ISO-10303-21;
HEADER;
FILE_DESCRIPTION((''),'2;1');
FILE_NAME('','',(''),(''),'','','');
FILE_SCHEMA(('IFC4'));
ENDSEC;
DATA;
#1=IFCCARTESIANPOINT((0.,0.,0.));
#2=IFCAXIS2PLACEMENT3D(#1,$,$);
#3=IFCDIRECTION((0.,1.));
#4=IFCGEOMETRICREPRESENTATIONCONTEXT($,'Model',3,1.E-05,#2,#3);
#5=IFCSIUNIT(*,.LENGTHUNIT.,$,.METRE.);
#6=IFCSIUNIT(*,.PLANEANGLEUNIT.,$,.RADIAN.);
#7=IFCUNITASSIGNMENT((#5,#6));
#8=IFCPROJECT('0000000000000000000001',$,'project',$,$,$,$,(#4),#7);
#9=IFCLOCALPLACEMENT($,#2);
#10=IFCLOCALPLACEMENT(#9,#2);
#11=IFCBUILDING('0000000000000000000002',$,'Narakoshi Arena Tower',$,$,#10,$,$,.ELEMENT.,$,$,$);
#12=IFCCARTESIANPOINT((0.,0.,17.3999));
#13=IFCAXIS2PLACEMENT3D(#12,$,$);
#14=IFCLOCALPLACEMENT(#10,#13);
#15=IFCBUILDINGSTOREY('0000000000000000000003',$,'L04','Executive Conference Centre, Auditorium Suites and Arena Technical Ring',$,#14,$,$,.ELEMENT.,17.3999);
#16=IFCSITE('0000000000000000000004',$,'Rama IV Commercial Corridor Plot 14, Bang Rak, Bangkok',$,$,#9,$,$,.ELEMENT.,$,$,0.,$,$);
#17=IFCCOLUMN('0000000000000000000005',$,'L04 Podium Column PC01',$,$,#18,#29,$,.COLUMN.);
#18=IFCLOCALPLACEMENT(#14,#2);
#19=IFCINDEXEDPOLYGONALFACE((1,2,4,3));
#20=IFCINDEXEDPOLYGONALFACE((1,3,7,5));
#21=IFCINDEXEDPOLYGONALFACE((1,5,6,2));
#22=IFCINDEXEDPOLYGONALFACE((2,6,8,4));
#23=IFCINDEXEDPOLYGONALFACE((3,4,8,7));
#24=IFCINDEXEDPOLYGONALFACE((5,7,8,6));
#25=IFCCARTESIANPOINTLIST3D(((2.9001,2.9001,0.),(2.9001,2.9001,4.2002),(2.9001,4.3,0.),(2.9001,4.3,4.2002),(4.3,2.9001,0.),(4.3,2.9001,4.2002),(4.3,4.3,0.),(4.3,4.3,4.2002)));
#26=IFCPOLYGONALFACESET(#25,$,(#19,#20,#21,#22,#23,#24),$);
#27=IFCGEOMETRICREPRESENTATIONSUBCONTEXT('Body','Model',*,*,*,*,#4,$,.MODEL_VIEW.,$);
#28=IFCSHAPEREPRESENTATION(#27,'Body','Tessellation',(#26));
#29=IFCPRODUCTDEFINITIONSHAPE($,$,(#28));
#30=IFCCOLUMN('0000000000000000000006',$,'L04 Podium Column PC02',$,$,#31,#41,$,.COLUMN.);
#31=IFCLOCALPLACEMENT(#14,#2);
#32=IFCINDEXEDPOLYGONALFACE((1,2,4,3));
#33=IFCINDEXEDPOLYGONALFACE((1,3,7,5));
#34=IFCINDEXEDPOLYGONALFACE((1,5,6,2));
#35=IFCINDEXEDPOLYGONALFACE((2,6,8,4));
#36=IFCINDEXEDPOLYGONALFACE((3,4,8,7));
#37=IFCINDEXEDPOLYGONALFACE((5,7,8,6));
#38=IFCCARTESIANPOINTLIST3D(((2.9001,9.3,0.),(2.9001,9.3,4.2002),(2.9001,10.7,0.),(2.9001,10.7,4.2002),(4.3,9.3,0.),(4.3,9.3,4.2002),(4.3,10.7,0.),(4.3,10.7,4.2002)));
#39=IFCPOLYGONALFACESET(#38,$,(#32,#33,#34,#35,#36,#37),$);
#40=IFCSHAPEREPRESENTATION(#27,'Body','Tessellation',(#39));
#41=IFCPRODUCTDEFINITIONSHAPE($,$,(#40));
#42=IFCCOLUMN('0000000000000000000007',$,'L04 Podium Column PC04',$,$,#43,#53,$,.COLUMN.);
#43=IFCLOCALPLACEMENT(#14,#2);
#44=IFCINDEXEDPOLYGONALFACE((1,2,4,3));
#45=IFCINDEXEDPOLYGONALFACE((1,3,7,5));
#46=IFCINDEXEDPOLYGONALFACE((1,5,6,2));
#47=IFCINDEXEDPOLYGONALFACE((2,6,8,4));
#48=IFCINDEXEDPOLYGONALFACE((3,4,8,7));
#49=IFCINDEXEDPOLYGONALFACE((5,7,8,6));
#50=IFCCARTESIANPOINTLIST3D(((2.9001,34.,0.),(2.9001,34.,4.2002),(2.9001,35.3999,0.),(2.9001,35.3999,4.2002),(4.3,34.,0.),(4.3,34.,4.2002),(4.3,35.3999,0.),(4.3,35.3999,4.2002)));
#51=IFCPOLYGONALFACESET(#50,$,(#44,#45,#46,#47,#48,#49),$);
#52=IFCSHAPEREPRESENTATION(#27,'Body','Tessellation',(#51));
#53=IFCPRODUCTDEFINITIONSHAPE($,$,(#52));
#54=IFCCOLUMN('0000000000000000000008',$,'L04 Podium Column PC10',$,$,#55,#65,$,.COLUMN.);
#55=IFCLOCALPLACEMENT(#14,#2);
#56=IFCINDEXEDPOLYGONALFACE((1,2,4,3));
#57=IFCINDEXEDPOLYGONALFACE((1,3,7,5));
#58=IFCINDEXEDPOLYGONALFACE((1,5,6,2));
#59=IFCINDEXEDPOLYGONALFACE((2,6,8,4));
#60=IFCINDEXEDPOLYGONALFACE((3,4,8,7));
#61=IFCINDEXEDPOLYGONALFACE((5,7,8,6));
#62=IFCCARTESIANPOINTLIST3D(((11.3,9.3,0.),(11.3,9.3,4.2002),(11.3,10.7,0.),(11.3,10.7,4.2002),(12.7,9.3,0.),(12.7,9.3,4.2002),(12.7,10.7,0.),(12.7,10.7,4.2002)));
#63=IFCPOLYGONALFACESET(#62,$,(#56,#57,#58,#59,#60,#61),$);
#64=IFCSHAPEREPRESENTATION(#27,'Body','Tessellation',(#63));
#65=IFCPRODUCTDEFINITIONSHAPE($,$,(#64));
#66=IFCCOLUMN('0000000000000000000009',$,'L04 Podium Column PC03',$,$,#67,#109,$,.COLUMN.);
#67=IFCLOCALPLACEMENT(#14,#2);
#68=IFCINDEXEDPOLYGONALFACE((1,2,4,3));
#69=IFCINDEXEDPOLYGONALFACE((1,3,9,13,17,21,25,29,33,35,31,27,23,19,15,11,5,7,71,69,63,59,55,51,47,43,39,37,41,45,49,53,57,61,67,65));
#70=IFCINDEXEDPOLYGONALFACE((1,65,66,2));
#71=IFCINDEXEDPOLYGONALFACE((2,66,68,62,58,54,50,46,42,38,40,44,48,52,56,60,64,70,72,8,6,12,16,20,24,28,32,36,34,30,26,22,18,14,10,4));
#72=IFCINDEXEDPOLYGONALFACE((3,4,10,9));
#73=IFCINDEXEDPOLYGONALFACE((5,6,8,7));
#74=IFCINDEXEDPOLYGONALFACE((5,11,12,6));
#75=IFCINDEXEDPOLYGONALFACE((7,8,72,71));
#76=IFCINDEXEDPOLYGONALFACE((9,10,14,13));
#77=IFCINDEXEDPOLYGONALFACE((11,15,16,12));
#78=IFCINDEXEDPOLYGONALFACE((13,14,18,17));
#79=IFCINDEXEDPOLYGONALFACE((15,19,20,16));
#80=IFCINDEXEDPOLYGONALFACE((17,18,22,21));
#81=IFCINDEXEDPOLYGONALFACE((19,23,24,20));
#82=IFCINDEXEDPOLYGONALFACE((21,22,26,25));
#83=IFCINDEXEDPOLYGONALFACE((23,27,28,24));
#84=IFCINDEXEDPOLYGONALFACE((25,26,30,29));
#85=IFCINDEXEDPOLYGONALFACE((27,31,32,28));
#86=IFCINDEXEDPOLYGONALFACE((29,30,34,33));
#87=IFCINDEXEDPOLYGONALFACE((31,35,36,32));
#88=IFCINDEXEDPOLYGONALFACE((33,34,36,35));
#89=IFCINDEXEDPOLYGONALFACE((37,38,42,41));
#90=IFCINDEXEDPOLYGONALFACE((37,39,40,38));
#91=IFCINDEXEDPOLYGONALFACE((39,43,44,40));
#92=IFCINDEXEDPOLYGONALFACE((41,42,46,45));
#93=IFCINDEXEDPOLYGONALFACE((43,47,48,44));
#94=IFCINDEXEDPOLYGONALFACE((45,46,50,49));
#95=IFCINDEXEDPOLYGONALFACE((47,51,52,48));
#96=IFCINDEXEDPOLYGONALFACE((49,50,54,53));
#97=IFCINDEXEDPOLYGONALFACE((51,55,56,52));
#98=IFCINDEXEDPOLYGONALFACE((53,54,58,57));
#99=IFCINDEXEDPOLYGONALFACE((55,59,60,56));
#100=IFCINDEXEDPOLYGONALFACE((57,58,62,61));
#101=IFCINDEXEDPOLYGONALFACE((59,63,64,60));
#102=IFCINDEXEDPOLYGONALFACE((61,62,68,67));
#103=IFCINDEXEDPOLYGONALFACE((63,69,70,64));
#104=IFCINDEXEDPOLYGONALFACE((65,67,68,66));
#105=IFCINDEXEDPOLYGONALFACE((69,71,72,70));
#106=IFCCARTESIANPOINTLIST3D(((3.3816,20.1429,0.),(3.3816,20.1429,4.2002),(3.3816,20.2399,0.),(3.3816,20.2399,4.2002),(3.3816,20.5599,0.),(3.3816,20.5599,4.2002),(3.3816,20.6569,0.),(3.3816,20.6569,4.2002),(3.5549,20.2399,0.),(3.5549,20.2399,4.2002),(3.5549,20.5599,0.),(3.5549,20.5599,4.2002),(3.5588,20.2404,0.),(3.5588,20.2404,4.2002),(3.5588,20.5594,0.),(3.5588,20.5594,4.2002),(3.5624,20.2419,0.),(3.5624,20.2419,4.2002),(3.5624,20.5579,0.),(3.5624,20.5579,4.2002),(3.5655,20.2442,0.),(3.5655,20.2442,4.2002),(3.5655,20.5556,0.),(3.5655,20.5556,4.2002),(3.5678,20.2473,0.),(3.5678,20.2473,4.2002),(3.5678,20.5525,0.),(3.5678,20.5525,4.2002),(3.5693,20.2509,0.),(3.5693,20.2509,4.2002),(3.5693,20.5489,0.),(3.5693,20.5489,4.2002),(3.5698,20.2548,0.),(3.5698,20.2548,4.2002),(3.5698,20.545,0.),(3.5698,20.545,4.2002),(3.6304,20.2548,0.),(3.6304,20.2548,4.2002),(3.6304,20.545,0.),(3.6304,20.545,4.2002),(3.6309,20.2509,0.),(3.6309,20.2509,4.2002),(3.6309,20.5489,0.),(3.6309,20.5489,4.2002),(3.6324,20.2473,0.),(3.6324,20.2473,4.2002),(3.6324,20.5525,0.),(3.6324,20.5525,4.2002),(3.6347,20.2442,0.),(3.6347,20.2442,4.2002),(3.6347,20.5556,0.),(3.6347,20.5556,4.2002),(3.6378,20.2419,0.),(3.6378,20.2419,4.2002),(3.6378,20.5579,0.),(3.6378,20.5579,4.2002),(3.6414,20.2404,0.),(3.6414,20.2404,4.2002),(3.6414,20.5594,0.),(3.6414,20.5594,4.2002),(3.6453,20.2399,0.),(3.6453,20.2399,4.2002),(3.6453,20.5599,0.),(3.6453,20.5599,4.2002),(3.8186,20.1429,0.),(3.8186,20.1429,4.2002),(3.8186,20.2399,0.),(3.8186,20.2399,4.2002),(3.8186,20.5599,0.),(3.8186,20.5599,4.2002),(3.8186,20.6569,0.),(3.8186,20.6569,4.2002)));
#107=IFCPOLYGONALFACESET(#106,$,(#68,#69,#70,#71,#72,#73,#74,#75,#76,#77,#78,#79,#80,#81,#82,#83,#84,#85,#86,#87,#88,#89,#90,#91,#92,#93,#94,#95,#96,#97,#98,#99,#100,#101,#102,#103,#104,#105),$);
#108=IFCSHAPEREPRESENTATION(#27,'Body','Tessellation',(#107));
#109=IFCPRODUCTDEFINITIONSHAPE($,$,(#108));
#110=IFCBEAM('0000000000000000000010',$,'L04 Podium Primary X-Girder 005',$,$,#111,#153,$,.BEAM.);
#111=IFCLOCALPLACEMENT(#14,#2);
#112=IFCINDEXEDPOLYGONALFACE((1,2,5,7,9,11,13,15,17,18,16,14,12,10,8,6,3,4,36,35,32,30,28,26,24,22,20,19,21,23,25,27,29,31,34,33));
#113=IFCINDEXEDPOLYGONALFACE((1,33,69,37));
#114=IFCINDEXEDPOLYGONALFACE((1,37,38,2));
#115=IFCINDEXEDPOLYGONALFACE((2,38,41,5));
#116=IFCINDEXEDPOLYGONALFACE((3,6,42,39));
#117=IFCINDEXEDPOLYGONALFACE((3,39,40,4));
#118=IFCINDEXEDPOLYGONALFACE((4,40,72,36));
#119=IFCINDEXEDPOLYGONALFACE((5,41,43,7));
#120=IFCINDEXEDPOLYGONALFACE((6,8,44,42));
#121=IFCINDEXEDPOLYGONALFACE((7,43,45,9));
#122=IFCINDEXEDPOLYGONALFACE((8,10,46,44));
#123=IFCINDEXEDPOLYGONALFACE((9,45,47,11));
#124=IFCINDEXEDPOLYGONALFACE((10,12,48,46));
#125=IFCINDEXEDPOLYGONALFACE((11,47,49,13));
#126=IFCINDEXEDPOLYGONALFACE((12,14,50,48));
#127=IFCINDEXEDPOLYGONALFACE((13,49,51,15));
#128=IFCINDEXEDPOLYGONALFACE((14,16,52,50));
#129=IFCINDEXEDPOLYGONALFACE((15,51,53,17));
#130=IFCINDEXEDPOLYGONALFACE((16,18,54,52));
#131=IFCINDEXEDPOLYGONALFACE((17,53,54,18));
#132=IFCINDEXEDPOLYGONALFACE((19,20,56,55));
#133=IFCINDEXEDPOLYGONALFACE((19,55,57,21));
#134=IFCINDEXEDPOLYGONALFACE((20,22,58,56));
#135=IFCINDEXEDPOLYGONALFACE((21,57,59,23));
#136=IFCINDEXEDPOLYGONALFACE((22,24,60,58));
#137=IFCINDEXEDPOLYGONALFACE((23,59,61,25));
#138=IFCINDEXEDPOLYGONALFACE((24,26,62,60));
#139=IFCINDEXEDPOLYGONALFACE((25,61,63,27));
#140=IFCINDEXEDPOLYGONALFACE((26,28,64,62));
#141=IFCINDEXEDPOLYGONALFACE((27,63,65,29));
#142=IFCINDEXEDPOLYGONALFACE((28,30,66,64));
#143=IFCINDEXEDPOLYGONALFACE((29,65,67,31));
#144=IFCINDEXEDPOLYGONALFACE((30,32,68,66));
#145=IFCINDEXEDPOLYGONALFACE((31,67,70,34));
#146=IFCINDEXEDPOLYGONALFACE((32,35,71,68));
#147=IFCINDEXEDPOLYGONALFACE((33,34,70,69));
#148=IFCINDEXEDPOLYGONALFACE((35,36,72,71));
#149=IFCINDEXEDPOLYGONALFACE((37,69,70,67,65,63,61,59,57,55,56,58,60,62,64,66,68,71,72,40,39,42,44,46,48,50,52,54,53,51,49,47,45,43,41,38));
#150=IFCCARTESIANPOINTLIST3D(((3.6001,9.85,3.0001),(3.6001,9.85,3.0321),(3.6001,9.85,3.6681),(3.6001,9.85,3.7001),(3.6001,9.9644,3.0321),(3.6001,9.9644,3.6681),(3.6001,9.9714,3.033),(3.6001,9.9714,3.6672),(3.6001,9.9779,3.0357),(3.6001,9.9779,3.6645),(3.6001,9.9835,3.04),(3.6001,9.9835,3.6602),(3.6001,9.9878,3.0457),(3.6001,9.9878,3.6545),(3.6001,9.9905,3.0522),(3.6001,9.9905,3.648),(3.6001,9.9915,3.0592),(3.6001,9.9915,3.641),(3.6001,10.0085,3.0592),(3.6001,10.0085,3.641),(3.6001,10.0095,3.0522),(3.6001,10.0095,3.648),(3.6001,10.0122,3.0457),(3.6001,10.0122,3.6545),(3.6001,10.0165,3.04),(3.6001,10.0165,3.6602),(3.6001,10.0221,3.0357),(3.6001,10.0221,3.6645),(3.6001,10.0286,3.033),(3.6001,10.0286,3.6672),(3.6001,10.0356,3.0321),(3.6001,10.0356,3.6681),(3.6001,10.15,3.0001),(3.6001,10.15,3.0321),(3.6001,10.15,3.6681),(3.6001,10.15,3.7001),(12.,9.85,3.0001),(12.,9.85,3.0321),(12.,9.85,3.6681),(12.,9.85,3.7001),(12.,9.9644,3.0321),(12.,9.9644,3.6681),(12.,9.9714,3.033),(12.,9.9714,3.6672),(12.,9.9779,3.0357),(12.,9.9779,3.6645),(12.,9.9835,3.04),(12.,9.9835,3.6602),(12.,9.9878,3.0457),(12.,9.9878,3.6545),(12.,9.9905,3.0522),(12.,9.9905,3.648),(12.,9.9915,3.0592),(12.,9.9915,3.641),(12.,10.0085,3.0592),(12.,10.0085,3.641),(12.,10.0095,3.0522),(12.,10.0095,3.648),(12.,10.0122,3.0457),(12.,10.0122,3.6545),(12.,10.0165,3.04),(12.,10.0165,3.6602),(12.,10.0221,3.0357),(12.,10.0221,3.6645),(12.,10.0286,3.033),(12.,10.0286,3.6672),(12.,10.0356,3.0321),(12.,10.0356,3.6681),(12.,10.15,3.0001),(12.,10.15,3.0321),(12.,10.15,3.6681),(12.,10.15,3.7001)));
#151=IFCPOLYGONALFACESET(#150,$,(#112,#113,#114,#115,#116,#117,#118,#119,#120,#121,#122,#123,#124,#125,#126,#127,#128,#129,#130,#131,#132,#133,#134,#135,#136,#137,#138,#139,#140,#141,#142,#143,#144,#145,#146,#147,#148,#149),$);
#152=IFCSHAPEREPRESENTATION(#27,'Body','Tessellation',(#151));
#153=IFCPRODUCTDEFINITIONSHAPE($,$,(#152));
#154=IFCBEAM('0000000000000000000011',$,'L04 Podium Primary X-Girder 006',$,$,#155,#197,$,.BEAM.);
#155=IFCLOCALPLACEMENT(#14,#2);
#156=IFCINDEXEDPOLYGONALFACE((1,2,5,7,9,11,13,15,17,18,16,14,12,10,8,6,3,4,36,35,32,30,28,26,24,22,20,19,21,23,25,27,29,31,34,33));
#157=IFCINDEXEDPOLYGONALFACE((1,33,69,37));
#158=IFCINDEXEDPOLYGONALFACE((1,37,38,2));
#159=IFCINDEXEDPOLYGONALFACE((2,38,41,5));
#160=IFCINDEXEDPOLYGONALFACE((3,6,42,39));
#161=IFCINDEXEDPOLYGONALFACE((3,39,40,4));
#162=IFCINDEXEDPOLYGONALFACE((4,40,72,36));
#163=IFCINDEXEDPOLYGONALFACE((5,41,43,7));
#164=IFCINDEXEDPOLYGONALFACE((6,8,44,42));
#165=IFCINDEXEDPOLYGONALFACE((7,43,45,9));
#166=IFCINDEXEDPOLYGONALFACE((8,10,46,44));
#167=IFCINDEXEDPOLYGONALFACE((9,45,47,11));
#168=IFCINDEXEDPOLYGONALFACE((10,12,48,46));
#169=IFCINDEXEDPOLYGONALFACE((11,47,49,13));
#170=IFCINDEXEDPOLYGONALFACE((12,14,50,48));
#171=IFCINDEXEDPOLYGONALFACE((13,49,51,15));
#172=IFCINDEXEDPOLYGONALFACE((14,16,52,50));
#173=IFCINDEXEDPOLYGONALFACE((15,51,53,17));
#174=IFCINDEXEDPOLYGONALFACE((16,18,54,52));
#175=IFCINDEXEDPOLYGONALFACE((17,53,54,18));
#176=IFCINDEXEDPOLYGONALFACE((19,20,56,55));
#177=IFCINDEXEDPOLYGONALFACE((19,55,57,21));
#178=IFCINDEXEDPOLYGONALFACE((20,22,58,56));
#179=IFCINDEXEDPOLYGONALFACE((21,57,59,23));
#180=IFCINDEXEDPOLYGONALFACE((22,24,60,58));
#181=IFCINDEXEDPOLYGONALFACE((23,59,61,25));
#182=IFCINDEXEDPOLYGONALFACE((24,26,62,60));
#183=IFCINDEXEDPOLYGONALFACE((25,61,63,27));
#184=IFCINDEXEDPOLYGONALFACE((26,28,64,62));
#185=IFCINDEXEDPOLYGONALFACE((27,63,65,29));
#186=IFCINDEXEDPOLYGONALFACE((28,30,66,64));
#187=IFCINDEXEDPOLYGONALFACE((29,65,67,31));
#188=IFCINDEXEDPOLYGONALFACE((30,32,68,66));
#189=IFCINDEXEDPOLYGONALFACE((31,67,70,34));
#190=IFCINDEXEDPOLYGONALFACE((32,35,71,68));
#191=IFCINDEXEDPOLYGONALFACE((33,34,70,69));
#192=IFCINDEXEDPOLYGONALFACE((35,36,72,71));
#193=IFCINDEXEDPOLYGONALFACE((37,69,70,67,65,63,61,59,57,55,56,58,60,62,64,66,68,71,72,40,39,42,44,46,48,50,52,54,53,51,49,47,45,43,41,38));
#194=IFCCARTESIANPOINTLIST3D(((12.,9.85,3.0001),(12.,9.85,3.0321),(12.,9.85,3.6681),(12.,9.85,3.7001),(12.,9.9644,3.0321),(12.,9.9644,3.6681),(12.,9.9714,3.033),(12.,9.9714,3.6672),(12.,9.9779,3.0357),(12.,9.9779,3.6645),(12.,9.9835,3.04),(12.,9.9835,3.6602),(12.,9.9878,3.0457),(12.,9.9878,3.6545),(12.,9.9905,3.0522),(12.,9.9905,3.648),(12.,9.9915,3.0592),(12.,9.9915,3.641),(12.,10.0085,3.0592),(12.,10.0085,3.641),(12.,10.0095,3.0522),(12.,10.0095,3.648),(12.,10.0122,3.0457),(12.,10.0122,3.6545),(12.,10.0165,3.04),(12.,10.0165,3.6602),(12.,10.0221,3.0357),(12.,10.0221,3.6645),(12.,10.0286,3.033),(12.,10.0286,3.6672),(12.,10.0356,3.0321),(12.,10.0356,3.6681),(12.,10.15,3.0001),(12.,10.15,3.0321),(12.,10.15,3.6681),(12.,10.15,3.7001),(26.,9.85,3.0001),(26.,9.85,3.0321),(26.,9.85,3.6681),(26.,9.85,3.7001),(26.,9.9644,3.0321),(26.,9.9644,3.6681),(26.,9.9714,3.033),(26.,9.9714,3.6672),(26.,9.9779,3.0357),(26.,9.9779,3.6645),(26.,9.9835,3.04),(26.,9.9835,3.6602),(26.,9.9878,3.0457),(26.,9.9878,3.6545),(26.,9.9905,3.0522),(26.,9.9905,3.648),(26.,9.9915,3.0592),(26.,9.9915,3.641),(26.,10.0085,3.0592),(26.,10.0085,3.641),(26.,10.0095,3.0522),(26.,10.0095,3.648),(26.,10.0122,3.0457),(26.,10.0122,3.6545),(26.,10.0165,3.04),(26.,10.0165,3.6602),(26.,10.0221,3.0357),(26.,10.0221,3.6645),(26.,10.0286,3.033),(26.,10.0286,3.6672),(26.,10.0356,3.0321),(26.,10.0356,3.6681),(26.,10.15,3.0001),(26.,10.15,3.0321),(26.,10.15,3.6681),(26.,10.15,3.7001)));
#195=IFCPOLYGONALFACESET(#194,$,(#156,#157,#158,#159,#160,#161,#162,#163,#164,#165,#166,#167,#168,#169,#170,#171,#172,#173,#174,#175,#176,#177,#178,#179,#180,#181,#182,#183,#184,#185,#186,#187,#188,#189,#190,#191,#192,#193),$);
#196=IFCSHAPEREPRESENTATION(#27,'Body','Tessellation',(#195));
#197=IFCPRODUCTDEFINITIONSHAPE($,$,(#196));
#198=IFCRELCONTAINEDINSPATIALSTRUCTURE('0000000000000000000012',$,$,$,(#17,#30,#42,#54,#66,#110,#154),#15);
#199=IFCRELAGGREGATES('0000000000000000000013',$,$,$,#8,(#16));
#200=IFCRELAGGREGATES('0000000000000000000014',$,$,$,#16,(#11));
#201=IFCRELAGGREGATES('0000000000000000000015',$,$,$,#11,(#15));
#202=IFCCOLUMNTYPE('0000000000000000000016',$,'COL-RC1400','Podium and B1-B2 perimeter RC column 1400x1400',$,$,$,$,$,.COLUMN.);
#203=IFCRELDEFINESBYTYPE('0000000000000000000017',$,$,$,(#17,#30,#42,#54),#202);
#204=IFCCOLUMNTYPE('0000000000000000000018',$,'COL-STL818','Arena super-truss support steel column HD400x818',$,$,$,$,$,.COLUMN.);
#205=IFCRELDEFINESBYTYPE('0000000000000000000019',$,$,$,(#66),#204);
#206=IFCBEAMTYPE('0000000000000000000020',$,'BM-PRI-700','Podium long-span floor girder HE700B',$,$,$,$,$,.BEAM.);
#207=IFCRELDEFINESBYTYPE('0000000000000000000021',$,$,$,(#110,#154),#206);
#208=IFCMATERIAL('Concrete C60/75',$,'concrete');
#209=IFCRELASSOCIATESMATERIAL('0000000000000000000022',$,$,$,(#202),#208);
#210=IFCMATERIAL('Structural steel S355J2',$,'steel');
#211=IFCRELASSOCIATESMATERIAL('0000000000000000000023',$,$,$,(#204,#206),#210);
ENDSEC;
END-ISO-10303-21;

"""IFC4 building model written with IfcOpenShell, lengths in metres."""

from ifc_helpers import new_model, si_unit, direction, frame, origin, origin_2d, place, context, subcontext, project, spatial, rectangle, i_section, extrude, material, material_profile, profile_set, type_object, element, save


model = new_model("IFC4")

# Units and contexts
model_context = context("Model", 3, precision=1e-05, world=origin(), true_north=direction((0.0, 1.0)))
body_context = subcontext(model_context, "Body", "Model", "MODEL_VIEW")
ifc_project = project(units=[si_unit("LENGTHUNIT", "METRE"), si_unit("PLANEANGLEUNIT", "RADIAN")], contexts=[model_context])

# Site, building, storey
site_placement = place(None, origin())
site = spatial("IfcSite", under=ifc_project, at=site_placement, Name="Rama IV Commercial Corridor Plot 14, Bang Rak, Bangkok", CompositionType="ELEMENT", RefElevation=0.0)
building_placement = place(site_placement, origin())
building = spatial("IfcBuilding", under=site, at=building_placement, Name="Narakoshi Arena Tower", CompositionType="ELEMENT")
storey_placement = place(building_placement, frame((0.0, 0.0, 17.3999)))
storey = spatial("IfcBuildingStorey", under=building, at=storey_placement, Name="L04", Description="Executive Conference Centre, Auditorium Suites and Arena Technical Ring", CompositionType="ELEMENT", Elevation=17.3999)

# Columns
ifc_material_1 = material(Name="Concrete C60/75", Category="concrete")
ifc_material_profile_1 = material_profile(ifc_material_1, rectangle(XDim=1.3999, YDim=1.3999, at=origin_2d()), Name="RC1400x1400")
ifc_profile_set_1 = profile_set([ifc_material_profile_1], Name="Concrete C60/75")
column_type_1 = type_object("IfcColumnType", Name="COL-RC1400", Description="Podium and B1-B2 perimeter RC column 1400x1400", PredefinedType="COLUMN", material=ifc_profile_set_1)
for number, where, z_axis, x_axis, name in (
    (1, (3.6001, 3.6001, 0.0), (0.0, 0.0, 1.0), (1.0, 0.0, 0.0), "L04 Podium Column PC01"),
    (2, (3.6001, 10.0, 0.0), (0.0, 0.0, 1.0), (1.0, 0.0, 0.0), "L04 Podium Column PC02"),
    (3, (3.6001, 34.7, 0.0), (0.0, 0.0, 1.0), (1.0, 0.0, 0.0), "L04 Podium Column PC04"),
    (4, (12.0, 10.0, 0.0), (0.0, 0.0, 1.0), (1.0, 0.0, 0.0), "L04 Podium Column PC10"),
):
    element("IfcColumn", number, at=place(storey_placement, frame(where, z_axis=z_axis, x_axis=x_axis)), inside=storey, type_object=column_type_1, Name=name, PredefinedType="COLUMN", context=body_context, shape_type="SweptSolid", body=[
        extrude(rectangle(XDim=1.3999, YDim=1.3999, at=origin_2d()), origin(), (0.0, 0.0, 1.0), 4.2002),
    ])
ifc_material_2 = material(Name="Structural steel S355J2", Category="steel")
ifc_material_profile_2 = material_profile(ifc_material_2, i_section(OverallWidth=0.437, OverallDepth=0.5139, WebThickness=0.0605, FlangeThickness=0.0969, FilletRadius=0.0149, at=origin_2d()), Name="HD400x818")
ifc_profile_set_2 = profile_set([ifc_material_profile_2], Name="Structural steel S355J2")
column_type_2 = type_object("IfcColumnType", Name="COL-STL818", Description="Arena super-truss support steel column HD400x818", PredefinedType="COLUMN", material=ifc_profile_set_2)
column_placement = place(storey_placement, frame((3.6001, 20.3999, 0.0), z_axis=(0.0, 0.0, 1.0), x_axis=(1.0, 0.0, 0.0)))
element("IfcColumn", 5, at=column_placement, inside=storey, type_object=column_type_2, Name="L04 Podium Column PC03", PredefinedType="COLUMN", context=body_context, shape_type="SweptSolid", body=[
    extrude(i_section(OverallWidth=0.437, OverallDepth=0.5139, WebThickness=0.0605, FlangeThickness=0.0969, FilletRadius=0.0149, at=origin_2d()), origin(), (0.0, 0.0, 1.0), 4.2002),
])

# Beams
ifc_material_profile_3 = material_profile(ifc_material_2, i_section(OverallWidth=0.3, OverallDepth=0.7, WebThickness=0.0171, FlangeThickness=0.032, FilletRadius=0.0271, at=origin_2d()), Name="HE700B")
ifc_profile_set_3 = profile_set([ifc_material_profile_3], Name="Structural steel S355J2")
beam_type_1 = type_object("IfcBeamType", Name="BM-PRI-700", Description="Podium long-span floor girder HE700B", PredefinedType="BEAM", material=ifc_profile_set_3)
beam_1_placement = place(storey_placement, frame((3.6001, 10.0, 3.3501), z_axis=(1.0, 0.0, 0.0), x_axis=(0.0, 1.0, 0.0)))
element("IfcBeam", 6, at=beam_1_placement, inside=storey, type_object=beam_type_1, Name="L04 Podium Primary X-Girder 005", PredefinedType="BEAM", context=body_context, shape_type="SweptSolid", body=[
    extrude(i_section(OverallWidth=0.3, OverallDepth=0.7, WebThickness=0.0171, FlangeThickness=0.032, FilletRadius=0.0271, at=origin_2d()), origin(), (0.0, 0.0, 1.0), 8.3999),
])
beam_2_placement = place(storey_placement, frame((12.0, 10.0, 3.3501), z_axis=(1.0, 0.0, 0.0), x_axis=(0.0, 1.0, 0.0)))
element("IfcBeam", 7, at=beam_2_placement, inside=storey, type_object=beam_type_1, Name="L04 Podium Primary X-Girder 006", PredefinedType="BEAM", context=body_context, shape_type="SweptSolid", body=[
    extrude(i_section(OverallWidth=0.3, OverallDepth=0.7, WebThickness=0.0171, FlangeThickness=0.032, FilletRadius=0.0271, at=origin_2d()), origin(), (0.0, 0.0, 1.0), 14.0),
])

save(model, "model.ifc")
